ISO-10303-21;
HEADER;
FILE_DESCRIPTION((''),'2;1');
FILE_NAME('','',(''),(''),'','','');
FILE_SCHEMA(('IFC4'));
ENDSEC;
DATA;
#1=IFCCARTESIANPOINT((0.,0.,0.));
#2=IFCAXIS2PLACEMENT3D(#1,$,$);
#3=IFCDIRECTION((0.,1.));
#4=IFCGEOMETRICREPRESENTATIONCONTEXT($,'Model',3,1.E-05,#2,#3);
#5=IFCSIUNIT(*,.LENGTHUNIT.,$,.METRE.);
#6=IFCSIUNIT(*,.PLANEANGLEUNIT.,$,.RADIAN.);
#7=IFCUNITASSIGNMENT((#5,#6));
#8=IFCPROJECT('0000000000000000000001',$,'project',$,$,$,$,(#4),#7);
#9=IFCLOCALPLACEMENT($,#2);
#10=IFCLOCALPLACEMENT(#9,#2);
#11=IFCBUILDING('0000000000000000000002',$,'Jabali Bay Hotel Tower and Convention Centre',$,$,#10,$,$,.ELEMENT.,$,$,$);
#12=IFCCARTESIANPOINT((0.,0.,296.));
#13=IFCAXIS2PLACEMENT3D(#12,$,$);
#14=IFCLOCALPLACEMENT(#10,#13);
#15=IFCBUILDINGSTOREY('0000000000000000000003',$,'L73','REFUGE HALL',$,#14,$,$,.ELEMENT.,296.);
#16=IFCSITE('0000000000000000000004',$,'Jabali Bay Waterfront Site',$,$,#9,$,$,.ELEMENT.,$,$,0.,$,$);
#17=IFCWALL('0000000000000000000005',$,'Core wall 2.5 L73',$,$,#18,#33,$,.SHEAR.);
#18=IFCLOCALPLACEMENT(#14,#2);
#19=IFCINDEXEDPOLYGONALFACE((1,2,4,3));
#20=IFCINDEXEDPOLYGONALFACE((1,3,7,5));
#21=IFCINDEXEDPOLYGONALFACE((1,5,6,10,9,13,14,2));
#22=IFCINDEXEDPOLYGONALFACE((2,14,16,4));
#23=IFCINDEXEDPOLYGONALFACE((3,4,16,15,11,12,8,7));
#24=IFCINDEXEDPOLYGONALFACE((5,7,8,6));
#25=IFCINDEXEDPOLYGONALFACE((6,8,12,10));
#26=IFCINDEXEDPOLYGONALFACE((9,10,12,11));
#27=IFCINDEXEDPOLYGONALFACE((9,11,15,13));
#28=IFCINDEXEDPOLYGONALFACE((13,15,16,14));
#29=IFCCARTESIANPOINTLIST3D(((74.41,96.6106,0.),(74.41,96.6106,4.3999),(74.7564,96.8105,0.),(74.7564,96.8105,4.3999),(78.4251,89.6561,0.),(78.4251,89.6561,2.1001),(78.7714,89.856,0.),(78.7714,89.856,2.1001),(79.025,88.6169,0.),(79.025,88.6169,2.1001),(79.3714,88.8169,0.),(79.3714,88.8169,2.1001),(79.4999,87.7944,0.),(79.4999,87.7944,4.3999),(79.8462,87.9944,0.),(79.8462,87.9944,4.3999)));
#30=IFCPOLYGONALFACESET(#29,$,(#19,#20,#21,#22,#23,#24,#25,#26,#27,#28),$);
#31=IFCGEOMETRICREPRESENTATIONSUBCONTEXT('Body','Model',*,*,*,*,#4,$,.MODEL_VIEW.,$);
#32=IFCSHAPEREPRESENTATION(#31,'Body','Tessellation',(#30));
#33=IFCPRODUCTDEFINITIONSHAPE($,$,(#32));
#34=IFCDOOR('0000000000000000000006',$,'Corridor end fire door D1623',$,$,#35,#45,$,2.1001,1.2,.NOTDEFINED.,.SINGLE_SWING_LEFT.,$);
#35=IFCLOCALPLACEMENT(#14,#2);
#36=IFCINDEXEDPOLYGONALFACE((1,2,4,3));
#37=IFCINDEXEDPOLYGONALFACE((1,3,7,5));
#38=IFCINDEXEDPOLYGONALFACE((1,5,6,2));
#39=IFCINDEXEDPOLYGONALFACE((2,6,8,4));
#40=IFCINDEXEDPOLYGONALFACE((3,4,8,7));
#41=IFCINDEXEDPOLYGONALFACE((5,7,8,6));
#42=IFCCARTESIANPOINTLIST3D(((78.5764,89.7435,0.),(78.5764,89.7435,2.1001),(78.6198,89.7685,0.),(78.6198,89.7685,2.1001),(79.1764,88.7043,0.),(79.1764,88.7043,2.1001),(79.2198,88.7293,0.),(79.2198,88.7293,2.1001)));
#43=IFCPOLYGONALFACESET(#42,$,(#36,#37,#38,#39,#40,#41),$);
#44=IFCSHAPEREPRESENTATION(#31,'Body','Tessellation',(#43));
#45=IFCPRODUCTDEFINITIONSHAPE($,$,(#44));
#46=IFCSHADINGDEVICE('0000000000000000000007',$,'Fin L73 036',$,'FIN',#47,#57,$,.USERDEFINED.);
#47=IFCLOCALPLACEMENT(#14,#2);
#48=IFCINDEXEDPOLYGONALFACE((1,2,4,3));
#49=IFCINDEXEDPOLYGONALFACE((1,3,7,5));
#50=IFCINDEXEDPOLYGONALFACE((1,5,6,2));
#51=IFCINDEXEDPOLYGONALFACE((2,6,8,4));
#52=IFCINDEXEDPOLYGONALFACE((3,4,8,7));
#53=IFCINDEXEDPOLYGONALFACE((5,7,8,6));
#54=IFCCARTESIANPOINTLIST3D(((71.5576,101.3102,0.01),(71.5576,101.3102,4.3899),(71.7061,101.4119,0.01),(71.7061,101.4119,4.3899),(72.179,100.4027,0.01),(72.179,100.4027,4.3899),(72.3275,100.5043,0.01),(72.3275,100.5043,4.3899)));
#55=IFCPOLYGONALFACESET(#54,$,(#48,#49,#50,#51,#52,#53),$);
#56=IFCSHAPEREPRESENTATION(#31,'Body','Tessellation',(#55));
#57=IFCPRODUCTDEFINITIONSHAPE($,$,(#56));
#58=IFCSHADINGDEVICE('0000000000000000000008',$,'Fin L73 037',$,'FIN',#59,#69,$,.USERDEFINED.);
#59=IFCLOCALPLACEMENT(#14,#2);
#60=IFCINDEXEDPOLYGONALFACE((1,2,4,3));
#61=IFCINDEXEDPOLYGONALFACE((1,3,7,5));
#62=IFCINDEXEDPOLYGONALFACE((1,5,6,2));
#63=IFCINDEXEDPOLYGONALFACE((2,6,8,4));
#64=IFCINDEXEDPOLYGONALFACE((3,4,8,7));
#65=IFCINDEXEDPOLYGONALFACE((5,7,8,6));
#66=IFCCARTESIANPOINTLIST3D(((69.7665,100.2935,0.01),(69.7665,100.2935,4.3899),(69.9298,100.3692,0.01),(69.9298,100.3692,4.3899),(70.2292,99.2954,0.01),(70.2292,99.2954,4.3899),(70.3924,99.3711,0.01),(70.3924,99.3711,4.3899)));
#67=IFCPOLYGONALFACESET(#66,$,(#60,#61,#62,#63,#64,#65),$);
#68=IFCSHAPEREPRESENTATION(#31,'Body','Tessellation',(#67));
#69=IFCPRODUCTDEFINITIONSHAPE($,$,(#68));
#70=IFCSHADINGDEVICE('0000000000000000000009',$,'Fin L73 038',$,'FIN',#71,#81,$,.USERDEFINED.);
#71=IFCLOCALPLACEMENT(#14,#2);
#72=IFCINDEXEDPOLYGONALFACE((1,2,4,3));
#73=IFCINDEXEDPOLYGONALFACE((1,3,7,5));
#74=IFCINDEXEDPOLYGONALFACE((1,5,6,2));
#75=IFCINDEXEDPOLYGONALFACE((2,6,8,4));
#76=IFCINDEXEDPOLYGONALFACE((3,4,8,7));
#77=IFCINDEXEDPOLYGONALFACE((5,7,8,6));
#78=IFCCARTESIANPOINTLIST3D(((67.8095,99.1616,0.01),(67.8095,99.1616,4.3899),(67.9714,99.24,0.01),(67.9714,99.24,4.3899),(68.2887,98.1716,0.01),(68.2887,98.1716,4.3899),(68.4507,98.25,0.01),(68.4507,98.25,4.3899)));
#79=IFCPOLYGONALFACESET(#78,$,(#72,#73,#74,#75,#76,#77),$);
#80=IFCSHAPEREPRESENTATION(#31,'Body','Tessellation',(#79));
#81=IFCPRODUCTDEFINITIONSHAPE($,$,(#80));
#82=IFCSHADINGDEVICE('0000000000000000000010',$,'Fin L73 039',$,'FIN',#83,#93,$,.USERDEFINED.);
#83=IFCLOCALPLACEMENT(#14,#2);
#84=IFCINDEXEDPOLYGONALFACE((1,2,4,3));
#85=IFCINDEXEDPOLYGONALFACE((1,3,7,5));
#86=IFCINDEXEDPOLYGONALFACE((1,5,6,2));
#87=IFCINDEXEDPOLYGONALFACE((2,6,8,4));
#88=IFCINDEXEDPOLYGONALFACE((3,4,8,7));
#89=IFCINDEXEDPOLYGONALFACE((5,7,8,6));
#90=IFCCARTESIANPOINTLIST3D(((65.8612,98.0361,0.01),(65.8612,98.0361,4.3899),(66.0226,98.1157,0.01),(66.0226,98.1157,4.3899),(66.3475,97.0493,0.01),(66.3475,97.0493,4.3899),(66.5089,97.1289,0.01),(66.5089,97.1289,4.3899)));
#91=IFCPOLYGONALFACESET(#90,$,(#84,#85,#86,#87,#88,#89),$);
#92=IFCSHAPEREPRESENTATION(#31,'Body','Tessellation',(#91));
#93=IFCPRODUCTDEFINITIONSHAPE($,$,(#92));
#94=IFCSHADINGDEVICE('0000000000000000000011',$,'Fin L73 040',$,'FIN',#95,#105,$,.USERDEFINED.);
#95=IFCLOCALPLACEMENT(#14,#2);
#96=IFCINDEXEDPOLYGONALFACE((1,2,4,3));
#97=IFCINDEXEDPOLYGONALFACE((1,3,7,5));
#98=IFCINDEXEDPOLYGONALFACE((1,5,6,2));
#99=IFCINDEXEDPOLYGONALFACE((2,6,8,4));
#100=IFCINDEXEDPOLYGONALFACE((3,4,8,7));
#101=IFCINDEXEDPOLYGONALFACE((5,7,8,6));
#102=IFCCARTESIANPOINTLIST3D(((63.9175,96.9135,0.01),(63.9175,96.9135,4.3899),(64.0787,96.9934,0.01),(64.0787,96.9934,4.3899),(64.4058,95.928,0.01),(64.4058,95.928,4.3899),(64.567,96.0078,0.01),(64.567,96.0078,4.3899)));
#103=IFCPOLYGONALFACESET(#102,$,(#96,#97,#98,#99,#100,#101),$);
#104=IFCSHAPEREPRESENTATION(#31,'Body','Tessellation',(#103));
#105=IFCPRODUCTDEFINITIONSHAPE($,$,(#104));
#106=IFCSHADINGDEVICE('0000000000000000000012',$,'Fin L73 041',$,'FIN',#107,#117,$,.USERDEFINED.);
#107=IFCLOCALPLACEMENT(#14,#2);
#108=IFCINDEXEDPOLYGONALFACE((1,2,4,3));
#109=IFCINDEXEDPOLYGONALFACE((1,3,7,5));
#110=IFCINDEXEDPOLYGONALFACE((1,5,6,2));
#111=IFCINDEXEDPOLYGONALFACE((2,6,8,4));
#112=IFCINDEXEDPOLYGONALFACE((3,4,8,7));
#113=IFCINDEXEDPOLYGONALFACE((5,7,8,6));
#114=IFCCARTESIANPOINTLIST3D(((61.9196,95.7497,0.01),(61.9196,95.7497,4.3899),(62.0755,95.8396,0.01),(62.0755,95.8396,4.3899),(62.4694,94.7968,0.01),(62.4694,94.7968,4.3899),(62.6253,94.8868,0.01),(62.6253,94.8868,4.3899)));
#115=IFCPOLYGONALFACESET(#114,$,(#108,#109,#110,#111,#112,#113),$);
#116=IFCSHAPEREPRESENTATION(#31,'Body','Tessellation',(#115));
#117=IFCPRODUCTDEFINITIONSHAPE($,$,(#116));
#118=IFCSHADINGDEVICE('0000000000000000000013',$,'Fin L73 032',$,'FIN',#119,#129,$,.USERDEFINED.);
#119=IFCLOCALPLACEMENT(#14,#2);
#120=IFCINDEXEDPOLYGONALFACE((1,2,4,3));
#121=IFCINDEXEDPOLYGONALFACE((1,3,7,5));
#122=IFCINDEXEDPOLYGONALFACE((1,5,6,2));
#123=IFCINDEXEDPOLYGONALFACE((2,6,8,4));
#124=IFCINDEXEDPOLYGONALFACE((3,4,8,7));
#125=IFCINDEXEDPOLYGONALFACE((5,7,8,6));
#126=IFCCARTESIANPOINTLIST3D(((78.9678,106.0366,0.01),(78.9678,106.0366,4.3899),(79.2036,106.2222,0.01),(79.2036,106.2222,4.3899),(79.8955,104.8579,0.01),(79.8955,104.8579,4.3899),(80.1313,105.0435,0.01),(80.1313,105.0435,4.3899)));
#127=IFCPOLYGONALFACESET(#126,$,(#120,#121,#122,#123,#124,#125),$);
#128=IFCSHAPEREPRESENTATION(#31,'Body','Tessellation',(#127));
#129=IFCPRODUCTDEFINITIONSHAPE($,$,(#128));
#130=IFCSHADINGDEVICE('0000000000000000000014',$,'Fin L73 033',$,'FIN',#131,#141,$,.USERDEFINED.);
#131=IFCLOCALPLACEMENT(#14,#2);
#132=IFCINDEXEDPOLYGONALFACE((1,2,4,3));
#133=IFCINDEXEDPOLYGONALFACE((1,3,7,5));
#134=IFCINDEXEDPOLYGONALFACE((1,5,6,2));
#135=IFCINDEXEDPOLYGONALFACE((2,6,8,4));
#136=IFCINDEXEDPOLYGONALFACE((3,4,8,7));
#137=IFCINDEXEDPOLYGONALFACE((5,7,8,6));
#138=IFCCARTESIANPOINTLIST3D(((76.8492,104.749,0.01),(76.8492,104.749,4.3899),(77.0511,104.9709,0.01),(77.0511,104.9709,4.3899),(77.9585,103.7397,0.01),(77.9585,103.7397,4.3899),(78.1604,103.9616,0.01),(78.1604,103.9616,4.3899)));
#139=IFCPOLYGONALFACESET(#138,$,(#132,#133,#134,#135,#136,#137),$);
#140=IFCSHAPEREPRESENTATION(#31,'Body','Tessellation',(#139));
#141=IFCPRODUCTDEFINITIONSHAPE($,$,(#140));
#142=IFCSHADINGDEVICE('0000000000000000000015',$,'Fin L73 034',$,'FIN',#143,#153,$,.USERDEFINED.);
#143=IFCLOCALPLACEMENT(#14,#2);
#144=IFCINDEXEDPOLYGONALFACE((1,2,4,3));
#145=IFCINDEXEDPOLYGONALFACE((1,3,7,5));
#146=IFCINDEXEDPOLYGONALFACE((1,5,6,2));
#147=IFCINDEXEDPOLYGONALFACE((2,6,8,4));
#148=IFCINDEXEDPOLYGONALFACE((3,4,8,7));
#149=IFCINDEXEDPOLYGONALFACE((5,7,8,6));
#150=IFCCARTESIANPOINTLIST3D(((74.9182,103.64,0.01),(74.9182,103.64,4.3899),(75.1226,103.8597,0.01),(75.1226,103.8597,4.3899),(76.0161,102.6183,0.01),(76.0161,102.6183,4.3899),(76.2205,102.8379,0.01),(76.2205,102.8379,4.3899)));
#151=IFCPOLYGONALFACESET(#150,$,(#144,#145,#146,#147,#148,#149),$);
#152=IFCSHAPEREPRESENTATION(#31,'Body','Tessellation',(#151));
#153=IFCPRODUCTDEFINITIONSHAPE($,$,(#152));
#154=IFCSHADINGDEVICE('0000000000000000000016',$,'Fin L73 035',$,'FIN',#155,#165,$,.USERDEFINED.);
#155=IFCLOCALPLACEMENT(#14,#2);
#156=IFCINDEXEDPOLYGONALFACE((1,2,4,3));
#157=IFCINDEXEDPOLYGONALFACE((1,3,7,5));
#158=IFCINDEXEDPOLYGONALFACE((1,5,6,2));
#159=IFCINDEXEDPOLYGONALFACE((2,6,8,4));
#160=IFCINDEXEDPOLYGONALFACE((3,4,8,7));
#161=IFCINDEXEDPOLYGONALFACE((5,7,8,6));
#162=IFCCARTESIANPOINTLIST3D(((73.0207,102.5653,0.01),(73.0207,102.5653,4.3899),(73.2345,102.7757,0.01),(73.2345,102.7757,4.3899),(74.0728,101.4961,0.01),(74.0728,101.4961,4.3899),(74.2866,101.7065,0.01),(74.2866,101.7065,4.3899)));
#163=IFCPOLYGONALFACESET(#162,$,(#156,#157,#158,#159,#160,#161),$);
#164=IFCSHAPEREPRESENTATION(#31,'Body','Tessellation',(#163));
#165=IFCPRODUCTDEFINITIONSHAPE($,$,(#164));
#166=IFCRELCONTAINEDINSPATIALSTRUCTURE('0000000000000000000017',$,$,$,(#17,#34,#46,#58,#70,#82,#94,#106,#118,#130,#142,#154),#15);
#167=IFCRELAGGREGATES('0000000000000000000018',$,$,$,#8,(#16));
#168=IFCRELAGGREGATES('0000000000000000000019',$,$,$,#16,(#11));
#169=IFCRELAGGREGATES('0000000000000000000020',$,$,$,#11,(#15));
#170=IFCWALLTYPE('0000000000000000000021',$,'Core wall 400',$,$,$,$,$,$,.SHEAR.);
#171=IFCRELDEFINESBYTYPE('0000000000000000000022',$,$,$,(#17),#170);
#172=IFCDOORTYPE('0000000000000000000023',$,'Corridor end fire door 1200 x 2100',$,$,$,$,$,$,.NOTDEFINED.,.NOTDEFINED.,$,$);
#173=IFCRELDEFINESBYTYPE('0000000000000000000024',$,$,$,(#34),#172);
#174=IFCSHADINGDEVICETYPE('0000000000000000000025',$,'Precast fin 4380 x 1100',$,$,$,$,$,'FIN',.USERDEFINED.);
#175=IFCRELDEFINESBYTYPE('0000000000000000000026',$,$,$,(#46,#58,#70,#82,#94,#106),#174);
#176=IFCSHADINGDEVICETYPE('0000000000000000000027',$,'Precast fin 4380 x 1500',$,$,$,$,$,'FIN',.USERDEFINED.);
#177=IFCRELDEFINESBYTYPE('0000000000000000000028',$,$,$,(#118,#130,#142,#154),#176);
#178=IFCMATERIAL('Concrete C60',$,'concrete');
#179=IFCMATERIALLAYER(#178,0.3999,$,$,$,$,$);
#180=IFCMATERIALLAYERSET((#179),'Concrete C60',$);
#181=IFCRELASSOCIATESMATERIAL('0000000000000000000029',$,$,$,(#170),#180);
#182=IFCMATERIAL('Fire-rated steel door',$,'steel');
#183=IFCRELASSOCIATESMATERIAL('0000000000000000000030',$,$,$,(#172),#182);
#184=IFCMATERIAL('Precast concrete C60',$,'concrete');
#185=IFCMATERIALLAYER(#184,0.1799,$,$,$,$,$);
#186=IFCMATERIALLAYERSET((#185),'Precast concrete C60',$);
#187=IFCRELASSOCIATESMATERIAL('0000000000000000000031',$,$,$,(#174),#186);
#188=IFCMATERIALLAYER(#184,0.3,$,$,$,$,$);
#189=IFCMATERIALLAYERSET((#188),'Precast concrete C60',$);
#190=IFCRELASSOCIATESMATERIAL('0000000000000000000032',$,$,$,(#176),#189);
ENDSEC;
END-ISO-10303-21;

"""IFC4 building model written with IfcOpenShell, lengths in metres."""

from ifc_helpers import new_model, si_unit, direction, frame, frame_2d, origin, place, context, subcontext, project, spatial, rectangle, extrude, material, layer, layer_set, type_object, element, fill, save


model = new_model("IFC4")

# Units and contexts
model_context = context("Model", 3, precision=1e-05, world=origin(), true_north=direction((0.0, 1.0)))
body_context = subcontext(model_context, "Body", "Model", "MODEL_VIEW")
ifc_project = project(units=[si_unit("LENGTHUNIT", "METRE"), si_unit("PLANEANGLEUNIT", "RADIAN")], contexts=[model_context])

# Site, building, storey
site_placement = place(None, origin())
site = spatial("IfcSite", under=ifc_project, at=site_placement, Name="Jabali Bay Waterfront Site", CompositionType="ELEMENT", RefElevation=0.0)
building_placement = place(site_placement, origin())
building = spatial("IfcBuilding", under=site, at=building_placement, Name="Jabali Bay Hotel Tower and Convention Centre", CompositionType="ELEMENT")
storey_placement = place(building_placement, frame((0.0, 0.0, 296.0)))
storey = spatial("IfcBuildingStorey", under=building, at=storey_placement, Name="L73", Description="REFUGE HALL", CompositionType="ELEMENT", Elevation=296.0)

# Shared definitions
ifc_material_1 = material(Name="Concrete C60", Category="concrete")

# Shared definitions
ifc_material_2 = material(Name="Fire-rated steel door", Category="steel")

# Wall, opening, door
ifc_layer_1 = layer(ifc_material_1, 0.3999)
ifc_layer_set_1 = layer_set([ifc_layer_1], Name="Concrete C60")
wall_type_1 = type_object("IfcWallType", Name="Core wall 400", PredefinedType="SHEAR", material=ifc_layer_set_1)
wall_1_placement = place(storey_placement, frame((74.5833, 96.7104, 0.0), z_axis=(0.0, 0.0, 1.0), x_axis=(0.499987, -0.866033, 0.0)))
wall_1 = element("IfcWall", 1, at=wall_1_placement, inside=storey, type_object=wall_type_1, Name="Core wall 2.5 L73", PredefinedType="SHEAR", context=body_context, shape_type="SweptSolid", body=[
    extrude(rectangle(XDim=10.1799, YDim=0.3999, at=frame_2d((5.0898, 0.0))), origin(), (0.0, 0.0, 1.0), 4.3999),
])
opening_1_placement = place(wall_1_placement, frame((8.03, 0.0, 0.0)))
opening_1 = element("IfcOpeningElement", 2, at=opening_1_placement, cuts=wall_1, PredefinedType="OPENING", context=body_context, shape_type="SweptSolid", body=[
    extrude(rectangle(XDim=1.2, YDim=2.1001, at=frame_2d((0.6001, 1.05))), frame((0.0, 0.2104, 0.0), z_axis=(0.0, -1.0, 0.0), x_axis=(1.0, 0.0, 0.0)), (0.0, 0.0, 1.0), 0.4209),
])
door_type_1 = type_object("IfcDoorType", Name="Corridor end fire door 1200 x 2100", OperationType="NOTDEFINED", PredefinedType="NOTDEFINED", material=ifc_material_2)
door_1_placement = place(opening_1_placement, origin())
door_1 = element("IfcDoor", 3, at=door_1_placement, inside=storey, type_object=door_type_1, Name="Corridor end fire door D1623", OperationType="SINGLE_SWING_LEFT", OverallHeight=2.1001, OverallWidth=1.2, PredefinedType="NOTDEFINED", context=body_context, shape_type="SweptSolid", body=[
    extrude(rectangle(XDim=1.2, YDim=2.1001, at=frame_2d((0.6001, 1.05))), frame((0.0, 0.0249, 0.0), z_axis=(0.0, -1.0, 0.0), x_axis=(1.0, 0.0, 0.0)), (0.0, 0.0, 1.0), 0.05),
])
fill(opening_1, door_1)

# Shading devices
ifc_material_3 = material(Name="Precast concrete C60", Category="concrete")
ifc_layer_2 = layer(ifc_material_3, 0.1799)
ifc_layer_set_2 = layer_set([ifc_layer_2], Name="Precast concrete C60")
shading_device_type_1 = type_object("IfcShadingDeviceType", Name="Precast fin 4380 x 1100", ElementType="FIN", PredefinedType="USERDEFINED", material=ifc_layer_set_2)
shading_device_1_placement = place(storey_placement, frame((72.2532, 100.4536, 0.01), z_axis=(0.0, 0.0, 1.0), x_axis=(-0.564954, 0.825122, 0.0)))
element("IfcShadingDevice", 4, at=shading_device_1_placement, inside=storey, type_object=shading_device_type_1, Name="Fin L73 036", ObjectType="FIN", PredefinedType="USERDEFINED", context=body_context, shape_type="SweptSolid", body=[
    extrude(rectangle(XDim=1.0999, YDim=0.1799, at=frame_2d((0.5498, 0.0))), origin(), (0.0, 0.0, 1.0), 4.3799),
])
shading_device_2_placement = place(storey_placement, frame((70.3108, 99.3333, 0.01), z_axis=(0.0, 0.0, 1.0), x_axis=(-0.420563, 0.907263, 0.0)))
element("IfcShadingDevice", 5, at=shading_device_2_placement, inside=storey, type_object=shading_device_type_1, Name="Fin L73 037", ObjectType="FIN", PredefinedType="USERDEFINED", context=body_context, shape_type="SweptSolid", body=[
    extrude(rectangle(XDim=1.1001, YDim=0.1799, at=frame_2d((0.55, 0.0))), origin(), (0.0, 0.0, 1.0), 4.3799),
])
shading_device_3_placement = place(storey_placement, frame((68.3696, 98.2109, 0.01), z_axis=(0.0, 0.0, 1.0), x_axis=(-0.435723, 0.900081, 0.0)))
element("IfcShadingDevice", 6, at=shading_device_3_placement, inside=storey, type_object=shading_device_type_1, Name="Fin L73 038", ObjectType="FIN", PredefinedType="USERDEFINED", context=body_context, shape_type="SweptSolid", body=[
    extrude(rectangle(XDim=1.0999, YDim=0.1799, at=frame_2d((0.5498, 0.0))), origin(), (0.0, 0.0, 1.0), 4.3799),
])
shading_device_4_placement = place(storey_placement, frame((66.4282, 97.0891, 0.01), z_axis=(0.0, 0.0, 1.0), x_axis=(-0.442058, 0.896987, 0.0)))
element("IfcShadingDevice", 7, at=shading_device_4_placement, inside=storey, type_object=shading_device_type_1, Name="Fin L73 039", ObjectType="FIN", PredefinedType="USERDEFINED", context=body_context, shape_type="SweptSolid", body=[
    extrude(rectangle(XDim=1.1001, YDim=0.1799, at=frame_2d((0.55, 0.0))), origin(), (0.0, 0.0, 1.0), 4.3799),
])
shading_device_5_placement = place(storey_placement, frame((64.4863, 95.968, 0.01), z_axis=(0.0, 0.0, 1.0), x_axis=(-0.443926, 0.896064, 0.0)))
element("IfcShadingDevice", 8, at=shading_device_5_placement, inside=storey, type_object=shading_device_type_1, Name="Fin L73 040", ObjectType="FIN", PredefinedType="USERDEFINED", context=body_context, shape_type="SweptSolid", body=[
    extrude(rectangle(XDim=1.0999, YDim=0.1799, at=frame_2d((0.5498, 0.0))), origin(), (0.0, 0.0, 1.0), 4.3799),
])
shading_device_6_placement = place(storey_placement, frame((62.5474, 94.8418, 0.01), z_axis=(0.0, 0.0, 1.0), x_axis=(-0.499767, 0.86616, 0.0)))
element("IfcShadingDevice", 9, at=shading_device_6_placement, inside=storey, type_object=shading_device_type_1, Name="Fin L73 041", ObjectType="FIN", PredefinedType="USERDEFINED", context=body_context, shape_type="SweptSolid", body=[
    extrude(rectangle(XDim=1.1001, YDim=0.1799, at=frame_2d((0.55, 0.0))), origin(), (0.0, 0.0, 1.0), 4.3799),
])
ifc_layer_3 = layer(ifc_material_3, 0.3)
ifc_layer_set_3 = layer_set([ifc_layer_3], Name="Precast concrete C60")
shading_device_type_2 = type_object("IfcShadingDeviceType", Name="Precast fin 4380 x 1500", ElementType="FIN", PredefinedType="USERDEFINED", material=ifc_layer_set_3)
shading_device_7_placement = place(storey_placement, frame((80.0134, 104.9507, 0.01), z_axis=(0.0, 0.0, 1.0), x_axis=(-0.618483, 0.785798, 0.0)))
element("IfcShadingDevice", 10, at=shading_device_7_placement, inside=storey, type_object=shading_device_type_2, Name="Fin L73 032", ObjectType="FIN", PredefinedType="USERDEFINED", context=body_context, shape_type="SweptSolid", body=[
    extrude(rectangle(XDim=1.5, YDim=0.3, at=frame_2d((0.75, 0.0))), origin(), (0.0, 0.0, 1.0), 4.3799),
])
for number, where, z_axis, x_axis, name in (
    (11, (78.0596, 103.8506, 0.01), (0.0, 0.0, 1.0), (-0.73969, 0.672948, 0.0), "Fin L73 033"),
    (12, (76.1184, 102.728, 0.01), (0.0, 0.0, 1.0), (-0.732045, 0.681256, 0.0), "Fin L73 034"),
):
    element("IfcShadingDevice", number, at=place(storey_placement, frame(where, z_axis=z_axis, x_axis=x_axis)), inside=storey, type_object=shading_device_type_2, Name=name, ObjectType="FIN", PredefinedType="USERDEFINED", context=body_context, shape_type="SweptSolid", body=[
        extrude(rectangle(XDim=1.4998, YDim=0.3, at=frame_2d((0.75, 0.0))), origin(), (0.0, 0.0, 1.0), 4.3799),
    ])
shading_device_8_placement = place(storey_placement, frame((74.1797, 101.6013, 0.01), z_axis=(0.0, 0.0, 1.0), x_axis=(-0.701387, 0.712781, 0.0)))
element("IfcShadingDevice", 13, at=shading_device_8_placement, inside=storey, type_object=shading_device_type_2, Name="Fin L73 035", ObjectType="FIN", PredefinedType="USERDEFINED", context=body_context, shape_type="SweptSolid", body=[
    extrude(rectangle(XDim=1.5, YDim=0.3, at=frame_2d((0.75, 0.0))), origin(), (0.0, 0.0, 1.0), 4.3799),
])

save(model, "model.ifc")
